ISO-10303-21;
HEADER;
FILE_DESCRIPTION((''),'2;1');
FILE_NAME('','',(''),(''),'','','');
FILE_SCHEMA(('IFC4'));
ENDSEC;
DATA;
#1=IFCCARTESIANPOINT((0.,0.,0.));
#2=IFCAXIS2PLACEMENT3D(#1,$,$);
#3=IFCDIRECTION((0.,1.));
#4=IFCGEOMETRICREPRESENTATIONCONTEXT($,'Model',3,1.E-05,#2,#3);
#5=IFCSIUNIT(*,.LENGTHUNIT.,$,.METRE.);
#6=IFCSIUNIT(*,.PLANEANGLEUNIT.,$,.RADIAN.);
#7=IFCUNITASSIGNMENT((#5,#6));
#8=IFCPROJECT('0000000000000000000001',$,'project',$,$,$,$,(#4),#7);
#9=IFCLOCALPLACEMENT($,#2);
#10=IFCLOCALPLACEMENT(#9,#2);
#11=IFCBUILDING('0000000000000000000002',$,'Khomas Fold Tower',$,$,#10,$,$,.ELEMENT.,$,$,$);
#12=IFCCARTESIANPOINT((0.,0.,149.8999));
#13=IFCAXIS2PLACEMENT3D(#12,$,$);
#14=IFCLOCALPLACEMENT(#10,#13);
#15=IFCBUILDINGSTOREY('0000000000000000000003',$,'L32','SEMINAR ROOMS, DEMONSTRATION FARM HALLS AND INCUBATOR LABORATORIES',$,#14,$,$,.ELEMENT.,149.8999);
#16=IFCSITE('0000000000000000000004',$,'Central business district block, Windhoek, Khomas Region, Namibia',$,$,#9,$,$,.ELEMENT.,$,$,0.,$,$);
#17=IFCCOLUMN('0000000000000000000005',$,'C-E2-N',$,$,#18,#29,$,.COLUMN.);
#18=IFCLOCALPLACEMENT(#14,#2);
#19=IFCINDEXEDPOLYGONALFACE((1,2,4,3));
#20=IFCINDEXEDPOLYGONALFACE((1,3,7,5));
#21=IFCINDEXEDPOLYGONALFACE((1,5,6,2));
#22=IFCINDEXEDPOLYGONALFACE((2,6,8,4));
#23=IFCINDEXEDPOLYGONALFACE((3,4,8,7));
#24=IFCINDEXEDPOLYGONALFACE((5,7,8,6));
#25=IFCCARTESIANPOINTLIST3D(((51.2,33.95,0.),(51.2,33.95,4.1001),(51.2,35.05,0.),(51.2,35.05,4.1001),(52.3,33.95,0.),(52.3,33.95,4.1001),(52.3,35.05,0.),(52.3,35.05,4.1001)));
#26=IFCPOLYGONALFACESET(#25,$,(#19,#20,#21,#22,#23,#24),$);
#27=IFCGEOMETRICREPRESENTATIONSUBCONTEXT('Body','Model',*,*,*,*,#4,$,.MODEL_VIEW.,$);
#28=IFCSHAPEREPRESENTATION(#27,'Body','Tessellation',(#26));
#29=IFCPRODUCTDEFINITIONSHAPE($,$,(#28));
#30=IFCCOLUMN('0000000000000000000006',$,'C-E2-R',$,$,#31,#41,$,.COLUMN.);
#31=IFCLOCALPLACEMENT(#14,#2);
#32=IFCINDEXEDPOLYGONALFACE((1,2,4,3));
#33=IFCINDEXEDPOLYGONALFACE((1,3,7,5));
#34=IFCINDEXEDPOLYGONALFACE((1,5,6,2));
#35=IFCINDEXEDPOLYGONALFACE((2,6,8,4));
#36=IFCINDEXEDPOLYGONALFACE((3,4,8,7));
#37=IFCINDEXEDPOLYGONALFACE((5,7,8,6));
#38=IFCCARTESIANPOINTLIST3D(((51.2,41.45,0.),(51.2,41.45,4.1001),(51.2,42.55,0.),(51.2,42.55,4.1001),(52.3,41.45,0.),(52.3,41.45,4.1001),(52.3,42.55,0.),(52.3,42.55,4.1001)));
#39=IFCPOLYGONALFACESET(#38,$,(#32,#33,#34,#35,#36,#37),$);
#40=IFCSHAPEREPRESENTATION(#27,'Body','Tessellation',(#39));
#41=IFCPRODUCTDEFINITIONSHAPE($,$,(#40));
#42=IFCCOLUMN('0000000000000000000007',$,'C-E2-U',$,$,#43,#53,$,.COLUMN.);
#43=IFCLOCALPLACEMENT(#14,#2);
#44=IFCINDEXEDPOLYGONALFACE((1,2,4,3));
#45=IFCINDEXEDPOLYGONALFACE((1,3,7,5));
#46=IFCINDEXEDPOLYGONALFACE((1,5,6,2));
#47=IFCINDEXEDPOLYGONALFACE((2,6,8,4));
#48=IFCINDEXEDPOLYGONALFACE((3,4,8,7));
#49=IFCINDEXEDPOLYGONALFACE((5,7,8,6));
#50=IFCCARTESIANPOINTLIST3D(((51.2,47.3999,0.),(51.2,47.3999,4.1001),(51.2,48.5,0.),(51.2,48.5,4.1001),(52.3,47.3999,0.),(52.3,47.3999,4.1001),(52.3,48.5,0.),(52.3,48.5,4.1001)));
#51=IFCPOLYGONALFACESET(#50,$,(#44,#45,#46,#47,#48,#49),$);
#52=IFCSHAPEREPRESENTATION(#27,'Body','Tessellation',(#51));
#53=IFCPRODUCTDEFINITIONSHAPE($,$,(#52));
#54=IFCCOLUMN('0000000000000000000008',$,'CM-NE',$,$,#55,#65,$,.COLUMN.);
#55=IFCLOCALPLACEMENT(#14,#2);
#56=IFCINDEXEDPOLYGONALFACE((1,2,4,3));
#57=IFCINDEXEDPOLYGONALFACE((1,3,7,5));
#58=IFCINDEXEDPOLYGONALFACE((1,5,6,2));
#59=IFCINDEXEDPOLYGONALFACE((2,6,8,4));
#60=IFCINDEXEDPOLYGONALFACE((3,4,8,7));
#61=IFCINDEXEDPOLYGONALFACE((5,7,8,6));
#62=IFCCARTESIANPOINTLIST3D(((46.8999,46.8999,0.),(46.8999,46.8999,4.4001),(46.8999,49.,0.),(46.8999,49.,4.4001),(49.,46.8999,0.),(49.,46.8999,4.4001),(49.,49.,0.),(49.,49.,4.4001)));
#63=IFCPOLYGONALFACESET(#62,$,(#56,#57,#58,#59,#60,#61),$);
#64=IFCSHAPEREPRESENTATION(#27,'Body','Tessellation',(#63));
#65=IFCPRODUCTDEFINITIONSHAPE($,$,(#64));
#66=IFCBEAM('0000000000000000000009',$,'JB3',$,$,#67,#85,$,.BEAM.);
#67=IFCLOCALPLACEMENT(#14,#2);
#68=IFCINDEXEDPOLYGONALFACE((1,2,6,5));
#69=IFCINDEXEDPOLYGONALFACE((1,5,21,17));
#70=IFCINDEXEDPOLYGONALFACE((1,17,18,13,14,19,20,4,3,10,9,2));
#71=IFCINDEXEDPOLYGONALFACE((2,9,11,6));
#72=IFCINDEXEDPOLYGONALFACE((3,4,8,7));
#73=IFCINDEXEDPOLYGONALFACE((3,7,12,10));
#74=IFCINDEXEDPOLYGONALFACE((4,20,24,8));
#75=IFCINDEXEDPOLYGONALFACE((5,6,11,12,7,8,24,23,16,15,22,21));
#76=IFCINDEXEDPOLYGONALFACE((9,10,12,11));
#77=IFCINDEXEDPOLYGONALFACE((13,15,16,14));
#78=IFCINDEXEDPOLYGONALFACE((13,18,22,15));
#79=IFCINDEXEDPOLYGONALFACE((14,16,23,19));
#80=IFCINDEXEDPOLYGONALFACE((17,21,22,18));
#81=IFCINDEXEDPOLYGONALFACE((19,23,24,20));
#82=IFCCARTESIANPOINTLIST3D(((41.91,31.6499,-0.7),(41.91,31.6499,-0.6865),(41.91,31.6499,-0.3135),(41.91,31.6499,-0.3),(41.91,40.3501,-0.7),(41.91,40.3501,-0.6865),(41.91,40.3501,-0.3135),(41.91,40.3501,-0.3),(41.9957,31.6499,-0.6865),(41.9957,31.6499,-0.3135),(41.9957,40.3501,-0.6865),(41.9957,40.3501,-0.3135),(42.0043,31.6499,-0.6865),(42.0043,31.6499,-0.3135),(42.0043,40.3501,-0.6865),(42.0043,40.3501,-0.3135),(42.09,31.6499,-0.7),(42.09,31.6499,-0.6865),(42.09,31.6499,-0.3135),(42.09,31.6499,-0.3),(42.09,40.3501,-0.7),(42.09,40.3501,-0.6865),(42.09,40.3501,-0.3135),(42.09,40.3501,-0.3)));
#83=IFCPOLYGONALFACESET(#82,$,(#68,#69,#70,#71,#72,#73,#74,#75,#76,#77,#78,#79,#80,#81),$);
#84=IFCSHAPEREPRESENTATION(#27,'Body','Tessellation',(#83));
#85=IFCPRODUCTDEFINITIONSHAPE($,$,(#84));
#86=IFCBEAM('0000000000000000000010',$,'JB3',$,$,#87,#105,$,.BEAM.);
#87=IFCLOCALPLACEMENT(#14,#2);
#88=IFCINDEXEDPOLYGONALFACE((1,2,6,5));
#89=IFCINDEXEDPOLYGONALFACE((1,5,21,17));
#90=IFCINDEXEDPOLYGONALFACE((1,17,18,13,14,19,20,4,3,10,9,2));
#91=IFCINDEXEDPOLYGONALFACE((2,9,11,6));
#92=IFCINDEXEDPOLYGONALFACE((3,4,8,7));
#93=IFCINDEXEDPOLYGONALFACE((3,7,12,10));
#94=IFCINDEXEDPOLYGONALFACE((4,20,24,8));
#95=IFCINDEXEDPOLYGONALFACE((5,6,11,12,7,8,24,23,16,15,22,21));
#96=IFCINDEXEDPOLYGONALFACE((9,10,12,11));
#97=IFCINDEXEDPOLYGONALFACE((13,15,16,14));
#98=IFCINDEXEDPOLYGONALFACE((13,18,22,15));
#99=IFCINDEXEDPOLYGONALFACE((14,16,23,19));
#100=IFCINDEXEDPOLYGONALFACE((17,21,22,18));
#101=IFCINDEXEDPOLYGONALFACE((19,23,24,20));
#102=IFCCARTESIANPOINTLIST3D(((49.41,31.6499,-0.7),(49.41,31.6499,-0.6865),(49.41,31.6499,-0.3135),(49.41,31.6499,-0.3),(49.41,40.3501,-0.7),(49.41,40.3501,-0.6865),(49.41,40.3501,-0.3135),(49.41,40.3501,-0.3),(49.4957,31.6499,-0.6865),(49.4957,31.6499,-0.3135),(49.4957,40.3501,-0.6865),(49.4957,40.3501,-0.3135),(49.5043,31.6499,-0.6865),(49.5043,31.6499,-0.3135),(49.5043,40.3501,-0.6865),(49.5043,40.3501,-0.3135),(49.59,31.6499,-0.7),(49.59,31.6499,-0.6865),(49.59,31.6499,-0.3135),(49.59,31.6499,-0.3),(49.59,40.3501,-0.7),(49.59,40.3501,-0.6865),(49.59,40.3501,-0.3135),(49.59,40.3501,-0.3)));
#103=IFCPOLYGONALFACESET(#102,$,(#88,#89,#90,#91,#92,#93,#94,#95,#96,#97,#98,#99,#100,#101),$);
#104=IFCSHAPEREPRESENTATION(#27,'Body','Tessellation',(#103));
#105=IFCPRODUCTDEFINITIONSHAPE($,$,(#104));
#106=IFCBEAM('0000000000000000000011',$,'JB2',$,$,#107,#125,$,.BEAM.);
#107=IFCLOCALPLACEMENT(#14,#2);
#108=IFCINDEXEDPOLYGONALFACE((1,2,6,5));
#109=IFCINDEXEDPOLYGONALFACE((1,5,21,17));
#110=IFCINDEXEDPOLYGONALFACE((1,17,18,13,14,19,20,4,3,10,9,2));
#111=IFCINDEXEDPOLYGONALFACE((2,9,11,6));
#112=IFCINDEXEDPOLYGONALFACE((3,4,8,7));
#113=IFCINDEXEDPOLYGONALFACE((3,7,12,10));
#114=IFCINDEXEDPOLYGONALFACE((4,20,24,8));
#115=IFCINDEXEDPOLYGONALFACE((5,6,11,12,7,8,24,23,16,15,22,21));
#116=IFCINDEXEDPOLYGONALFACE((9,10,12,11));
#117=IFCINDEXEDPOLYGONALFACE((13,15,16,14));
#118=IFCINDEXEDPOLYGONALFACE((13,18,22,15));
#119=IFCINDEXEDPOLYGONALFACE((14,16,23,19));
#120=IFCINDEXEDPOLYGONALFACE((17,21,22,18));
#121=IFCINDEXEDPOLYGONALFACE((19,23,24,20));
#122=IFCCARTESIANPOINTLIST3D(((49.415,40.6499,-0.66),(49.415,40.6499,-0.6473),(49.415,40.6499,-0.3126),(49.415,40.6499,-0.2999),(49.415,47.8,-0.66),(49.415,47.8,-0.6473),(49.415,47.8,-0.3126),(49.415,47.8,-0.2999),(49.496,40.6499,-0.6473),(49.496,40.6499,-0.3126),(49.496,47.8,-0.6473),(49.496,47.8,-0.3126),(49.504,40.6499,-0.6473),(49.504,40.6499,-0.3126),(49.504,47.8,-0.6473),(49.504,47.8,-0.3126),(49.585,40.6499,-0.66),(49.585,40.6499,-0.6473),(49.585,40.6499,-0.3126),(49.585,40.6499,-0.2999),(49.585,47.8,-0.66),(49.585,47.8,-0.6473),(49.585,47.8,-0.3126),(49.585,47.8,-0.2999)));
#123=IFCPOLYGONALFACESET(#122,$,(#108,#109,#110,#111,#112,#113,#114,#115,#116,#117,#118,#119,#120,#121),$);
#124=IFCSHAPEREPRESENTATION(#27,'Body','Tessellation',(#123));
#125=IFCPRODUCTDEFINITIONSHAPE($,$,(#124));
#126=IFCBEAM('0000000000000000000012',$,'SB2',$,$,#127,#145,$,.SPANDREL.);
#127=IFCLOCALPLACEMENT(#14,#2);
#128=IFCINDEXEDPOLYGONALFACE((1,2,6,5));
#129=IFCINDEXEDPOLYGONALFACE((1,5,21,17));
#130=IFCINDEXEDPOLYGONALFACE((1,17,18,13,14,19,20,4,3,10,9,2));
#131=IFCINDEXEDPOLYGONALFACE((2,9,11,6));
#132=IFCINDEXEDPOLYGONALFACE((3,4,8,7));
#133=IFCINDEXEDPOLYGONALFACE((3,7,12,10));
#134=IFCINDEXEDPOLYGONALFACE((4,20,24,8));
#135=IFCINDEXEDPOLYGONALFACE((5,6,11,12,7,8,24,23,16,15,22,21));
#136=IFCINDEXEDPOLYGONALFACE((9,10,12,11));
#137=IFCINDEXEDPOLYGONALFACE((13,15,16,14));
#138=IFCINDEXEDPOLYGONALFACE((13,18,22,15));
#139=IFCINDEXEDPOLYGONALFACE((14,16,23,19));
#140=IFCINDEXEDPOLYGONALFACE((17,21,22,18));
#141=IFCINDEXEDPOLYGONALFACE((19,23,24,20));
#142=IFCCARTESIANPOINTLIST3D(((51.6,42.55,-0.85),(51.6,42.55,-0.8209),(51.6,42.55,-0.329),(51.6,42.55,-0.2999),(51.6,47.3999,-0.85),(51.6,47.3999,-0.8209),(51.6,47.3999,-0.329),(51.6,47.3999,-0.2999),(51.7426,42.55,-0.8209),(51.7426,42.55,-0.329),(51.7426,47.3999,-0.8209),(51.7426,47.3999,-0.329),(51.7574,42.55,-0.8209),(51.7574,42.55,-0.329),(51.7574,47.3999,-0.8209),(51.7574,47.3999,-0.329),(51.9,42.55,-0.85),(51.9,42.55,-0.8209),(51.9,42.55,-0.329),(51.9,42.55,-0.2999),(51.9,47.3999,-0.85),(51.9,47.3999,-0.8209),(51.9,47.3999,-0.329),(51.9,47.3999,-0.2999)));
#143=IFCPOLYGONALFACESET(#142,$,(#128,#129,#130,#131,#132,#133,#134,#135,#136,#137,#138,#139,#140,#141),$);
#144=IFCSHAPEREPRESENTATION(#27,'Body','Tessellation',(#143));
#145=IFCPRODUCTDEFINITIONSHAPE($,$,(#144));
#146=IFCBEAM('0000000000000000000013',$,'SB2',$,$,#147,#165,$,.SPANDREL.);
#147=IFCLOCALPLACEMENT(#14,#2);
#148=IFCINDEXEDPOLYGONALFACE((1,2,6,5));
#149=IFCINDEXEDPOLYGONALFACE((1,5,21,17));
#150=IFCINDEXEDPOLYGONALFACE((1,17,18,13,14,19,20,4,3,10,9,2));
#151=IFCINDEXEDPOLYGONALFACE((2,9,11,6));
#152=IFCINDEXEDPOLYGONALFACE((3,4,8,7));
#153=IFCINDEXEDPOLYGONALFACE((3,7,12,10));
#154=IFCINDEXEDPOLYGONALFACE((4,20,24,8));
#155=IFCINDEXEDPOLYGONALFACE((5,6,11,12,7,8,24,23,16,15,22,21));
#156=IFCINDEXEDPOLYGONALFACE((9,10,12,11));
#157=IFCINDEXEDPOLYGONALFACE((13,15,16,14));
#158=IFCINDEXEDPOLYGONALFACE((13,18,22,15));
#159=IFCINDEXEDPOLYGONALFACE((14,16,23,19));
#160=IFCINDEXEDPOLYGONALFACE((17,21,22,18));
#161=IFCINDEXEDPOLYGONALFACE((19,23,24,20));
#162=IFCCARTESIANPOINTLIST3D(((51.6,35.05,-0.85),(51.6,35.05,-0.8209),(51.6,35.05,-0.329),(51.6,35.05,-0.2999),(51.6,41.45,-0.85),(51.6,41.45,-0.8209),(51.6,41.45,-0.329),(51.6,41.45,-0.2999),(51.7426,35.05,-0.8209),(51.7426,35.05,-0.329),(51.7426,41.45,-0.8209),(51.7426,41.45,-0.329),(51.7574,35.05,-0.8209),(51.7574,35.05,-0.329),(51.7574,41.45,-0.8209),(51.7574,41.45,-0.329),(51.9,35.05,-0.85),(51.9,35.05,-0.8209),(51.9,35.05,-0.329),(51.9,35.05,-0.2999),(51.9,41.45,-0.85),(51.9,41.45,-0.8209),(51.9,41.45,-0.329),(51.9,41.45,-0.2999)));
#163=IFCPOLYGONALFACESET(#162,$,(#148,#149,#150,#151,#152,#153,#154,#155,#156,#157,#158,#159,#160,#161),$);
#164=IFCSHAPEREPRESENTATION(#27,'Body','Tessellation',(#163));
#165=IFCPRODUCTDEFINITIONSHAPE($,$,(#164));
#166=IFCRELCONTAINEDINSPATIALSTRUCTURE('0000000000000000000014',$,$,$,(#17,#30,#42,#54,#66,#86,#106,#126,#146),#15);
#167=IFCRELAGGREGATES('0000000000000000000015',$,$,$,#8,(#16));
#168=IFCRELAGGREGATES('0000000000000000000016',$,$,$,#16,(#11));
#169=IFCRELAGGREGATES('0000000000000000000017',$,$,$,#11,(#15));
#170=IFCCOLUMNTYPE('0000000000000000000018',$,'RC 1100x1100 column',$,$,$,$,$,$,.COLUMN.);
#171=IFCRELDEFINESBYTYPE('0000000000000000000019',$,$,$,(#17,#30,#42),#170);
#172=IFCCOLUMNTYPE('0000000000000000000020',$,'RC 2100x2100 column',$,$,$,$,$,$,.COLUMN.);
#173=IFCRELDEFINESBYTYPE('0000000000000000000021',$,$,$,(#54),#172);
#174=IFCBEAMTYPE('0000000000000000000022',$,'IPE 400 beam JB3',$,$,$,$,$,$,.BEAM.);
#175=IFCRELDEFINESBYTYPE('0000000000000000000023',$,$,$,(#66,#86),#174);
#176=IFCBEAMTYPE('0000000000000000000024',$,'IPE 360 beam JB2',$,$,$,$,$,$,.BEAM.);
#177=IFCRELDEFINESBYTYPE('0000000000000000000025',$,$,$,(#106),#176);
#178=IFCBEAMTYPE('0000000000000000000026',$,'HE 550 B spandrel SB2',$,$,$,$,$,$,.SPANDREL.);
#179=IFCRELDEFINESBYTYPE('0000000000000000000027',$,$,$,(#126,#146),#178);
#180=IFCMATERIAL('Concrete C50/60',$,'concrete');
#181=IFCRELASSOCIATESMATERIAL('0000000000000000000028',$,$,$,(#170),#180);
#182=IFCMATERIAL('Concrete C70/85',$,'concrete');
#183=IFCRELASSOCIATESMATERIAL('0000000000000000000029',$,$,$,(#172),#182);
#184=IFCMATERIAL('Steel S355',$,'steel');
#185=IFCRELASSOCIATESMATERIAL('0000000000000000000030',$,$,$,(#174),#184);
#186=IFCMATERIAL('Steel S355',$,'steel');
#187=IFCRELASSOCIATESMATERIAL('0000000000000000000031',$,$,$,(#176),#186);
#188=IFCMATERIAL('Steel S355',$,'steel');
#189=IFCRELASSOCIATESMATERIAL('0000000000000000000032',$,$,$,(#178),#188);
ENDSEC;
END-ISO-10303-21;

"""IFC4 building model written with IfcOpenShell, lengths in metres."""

from ifc_helpers import new_model, si_unit, direction, frame, origin, origin_2d, place, context, subcontext, project, spatial, rectangle, i_section, extrude, source, transform, mapped, material, material_profile, profile_set, type_object, element, save


model = new_model("IFC4")

# Units and contexts
model_context = context("Model", 3, precision=1e-05, world=origin(), true_north=direction((0.0, 1.0)))
body_context = subcontext(model_context, "Body", "Model", "MODEL_VIEW")
ifc_project = project(units=[si_unit("LENGTHUNIT", "METRE"), si_unit("PLANEANGLEUNIT", "RADIAN")], contexts=[model_context])

# Site, building, storey
site_placement = place(None, origin())
site = spatial("IfcSite", under=ifc_project, at=site_placement, Name="Central business district block, Windhoek, Khomas Region, Namibia", CompositionType="ELEMENT", RefElevation=0.0)
building_placement = place(site_placement, origin())
building = spatial("IfcBuilding", under=site, at=building_placement, Name="Khomas Fold Tower", CompositionType="ELEMENT")
storey_placement = place(building_placement, frame((0.0, 0.0, 149.8999)))
storey = spatial("IfcBuildingStorey", under=building, at=storey_placement, Name="L32", Description="SEMINAR ROOMS, DEMONSTRATION FARM HALLS AND INCUBATOR LABORATORIES", CompositionType="ELEMENT", Elevation=149.8999)

# Columns
ifc_material_1 = material(Name="Concrete C50/60", Category="concrete")
ifc_material_profile_1 = material_profile(ifc_material_1, rectangle(XDim=1.1001, YDim=1.1001, at=origin_2d()), Name="RC 1100x1100")
ifc_profile_set_1 = profile_set([ifc_material_profile_1], Name="Concrete C50/60")
column_type_1 = type_object("IfcColumnType", Name="RC 1100x1100 column", PredefinedType="COLUMN", material=ifc_profile_set_1)
shared_shape_1 = source(origin(), body_context, "Body", "SweptSolid", [
    extrude(rectangle(XDim=1.1001, YDim=1.1001, at=origin_2d()), origin(), (0.0, 0.0, 1.0), 4.1001),
])
for number, where, z_axis, x_axis, name in (
    (1, (51.75, 34.5, 0.0), (0.0, 0.0, 1.0), (1.0, 0.0, 0.0), "C-E2-N"),
    (2, (51.75, 42.0, 0.0), (0.0, 0.0, 1.0), (1.0, 0.0, 0.0), "C-E2-R"),
    (3, (51.75, 47.95, 0.0), (0.0, 0.0, 1.0), (1.0, 0.0, 0.0), "C-E2-U"),
):
    element("IfcColumn", number, at=place(storey_placement, frame(where, z_axis=z_axis, x_axis=x_axis)), inside=storey, type_object=column_type_1, Name=name, PredefinedType="COLUMN", context=body_context, shape_type="MappedRepresentation", body=[
        mapped(shared_shape_1, transform((0.0, 0.0, 0.0))),
    ])
ifc_material_2 = material(Name="Concrete C70/85", Category="concrete")
ifc_material_profile_2 = material_profile(ifc_material_2, rectangle(XDim=2.1001, YDim=2.1001, at=origin_2d()), Name="RC 2100x2100")
ifc_profile_set_2 = profile_set([ifc_material_profile_2], Name="Concrete C70/85")
column_type_2 = type_object("IfcColumnType", Name="RC 2100x2100 column", PredefinedType="COLUMN", material=ifc_profile_set_2)
shared_shape_2 = source(origin(), body_context, "Body", "SweptSolid", [
    extrude(rectangle(XDim=2.1001, YDim=2.1001, at=origin_2d()), origin(), (0.0, 0.0, 1.0), 4.4001),
])
column_placement = place(storey_placement, frame((47.95, 47.95, 0.0), z_axis=(0.0, 0.0, 1.0), x_axis=(1.0, 0.0, 0.0)))
element("IfcColumn", 4, at=column_placement, inside=storey, type_object=column_type_2, Name="CM-NE", PredefinedType="COLUMN", context=body_context, shape_type="MappedRepresentation", body=[
    mapped(shared_shape_2, transform((0.0, 0.0, 0.0))),
])

# Beams
ifc_material_3 = material(Name="Steel S355", Category="steel")
ifc_material_profile_3 = material_profile(ifc_material_3, i_section(OverallWidth=0.1799, OverallDepth=0.3999, WebThickness=0.0085, FlangeThickness=0.0134, at=origin_2d()), Name="IPE 400")
ifc_profile_set_3 = profile_set([ifc_material_profile_3], Name="Steel S355")
beam_type_1 = type_object("IfcBeamType", Name="IPE 400 beam JB3", PredefinedType="BEAM", material=ifc_profile_set_3)
shared_shape_3 = source(origin(), body_context, "Body", "SweptSolid", [
    extrude(i_section(OverallWidth=0.1799, OverallDepth=0.3999, WebThickness=0.0085, FlangeThickness=0.0134, at=origin_2d()), origin(), (0.0, 0.0, 1.0), 8.7002),
])
for number, where, z_axis, x_axis, name in (
    (5, (42.0, 31.6499, -0.5), (0.0, 1.0, 0.0), (-1.0, 0.0, 0.0), "JB3"),
    (6, (49.5, 31.6499, -0.5), (0.0, 1.0, 0.0), (-1.0, 0.0, 0.0), "JB3"),
):
    element("IfcBeam", number, at=place(storey_placement, frame(where, z_axis=z_axis, x_axis=x_axis)), inside=storey, type_object=beam_type_1, Name=name, PredefinedType="BEAM", context=body_context, shape_type="MappedRepresentation", body=[
        mapped(shared_shape_3, transform((0.0, 0.0, 0.0))),
    ])
ifc_material_4 = material(Name="Steel S355", Category="steel")
ifc_material_profile_4 = material_profile(ifc_material_4, i_section(OverallWidth=0.1699, OverallDepth=0.3601, WebThickness=0.0081, FlangeThickness=0.0127, at=origin_2d()), Name="IPE 360")
ifc_profile_set_4 = profile_set([ifc_material_profile_4], Name="Steel S355")
beam_type_2 = type_object("IfcBeamType", Name="IPE 360 beam JB2", PredefinedType="BEAM", material=ifc_profile_set_4)
shared_shape_4 = source(origin(), body_context, "Body", "SweptSolid", [
    extrude(i_section(OverallWidth=0.1699, OverallDepth=0.3601, WebThickness=0.0081, FlangeThickness=0.0127, at=origin_2d()), origin(), (0.0, 0.0, 1.0), 7.1501),
])
beam_1_placement = place(storey_placement, frame((49.5, 40.6499, -0.48), z_axis=(0.0, 1.0, 0.0), x_axis=(-1.0, 0.0, 0.0)))
element("IfcBeam", 7, at=beam_1_placement, inside=storey, type_object=beam_type_2, Name="JB2", PredefinedType="BEAM", context=body_context, shape_type="MappedRepresentation", body=[
    mapped(shared_shape_4, transform((0.0, 0.0, 0.0))),
])
ifc_material_5 = material(Name="Steel S355", Category="steel")
ifc_material_profile_5 = material_profile(ifc_material_5, i_section(OverallWidth=0.3, OverallDepth=0.55, WebThickness=0.0149, FlangeThickness=0.0291, at=origin_2d()), Name="HE 550 B")
ifc_profile_set_5 = profile_set([ifc_material_profile_5], Name="Steel S355")
beam_type_3 = type_object("IfcBeamType", Name="HE 550 B spandrel SB2", PredefinedType="SPANDREL", material=ifc_profile_set_5)
shared_shape_5 = source(origin(), body_context, "Body", "SweptSolid", [
    extrude(i_section(OverallWidth=0.3, OverallDepth=0.55, WebThickness=0.0149, FlangeThickness=0.0291, at=origin_2d()), origin(), (0.0, 0.0, 1.0), 4.8499),
])
beam_2_placement = place(storey_placement, frame((51.75, 42.55, -0.575), z_axis=(0.0, 1.0, 0.0), x_axis=(-1.0, 0.0, 0.0)))
element("IfcBeam", 8, at=beam_2_placement, inside=storey, type_object=beam_type_3, Name="SB2", PredefinedType="SPANDREL", context=body_context, shape_type="MappedRepresentation", body=[
    mapped(shared_shape_5, transform((0.0, 0.0, 0.0))),
])
shared_shape_6 = source(origin(), body_context, "Body", "SweptSolid", [
    extrude(i_section(OverallWidth=0.3, OverallDepth=0.55, WebThickness=0.0149, FlangeThickness=0.0291, at=origin_2d()), origin(), (0.0, 0.0, 1.0), 6.3999),
])
beam_3_placement = place(storey_placement, frame((51.75, 35.05, -0.575), z_axis=(0.0, 1.0, 0.0), x_axis=(-1.0, 0.0, 0.0)))
element("IfcBeam", 9, at=beam_3_placement, inside=storey, type_object=beam_type_3, Name="SB2", PredefinedType="SPANDREL", context=body_context, shape_type="MappedRepresentation", body=[
    mapped(shared_shape_6, transform((0.0, 0.0, 0.0))),
])

save(model, "model.ifc")
